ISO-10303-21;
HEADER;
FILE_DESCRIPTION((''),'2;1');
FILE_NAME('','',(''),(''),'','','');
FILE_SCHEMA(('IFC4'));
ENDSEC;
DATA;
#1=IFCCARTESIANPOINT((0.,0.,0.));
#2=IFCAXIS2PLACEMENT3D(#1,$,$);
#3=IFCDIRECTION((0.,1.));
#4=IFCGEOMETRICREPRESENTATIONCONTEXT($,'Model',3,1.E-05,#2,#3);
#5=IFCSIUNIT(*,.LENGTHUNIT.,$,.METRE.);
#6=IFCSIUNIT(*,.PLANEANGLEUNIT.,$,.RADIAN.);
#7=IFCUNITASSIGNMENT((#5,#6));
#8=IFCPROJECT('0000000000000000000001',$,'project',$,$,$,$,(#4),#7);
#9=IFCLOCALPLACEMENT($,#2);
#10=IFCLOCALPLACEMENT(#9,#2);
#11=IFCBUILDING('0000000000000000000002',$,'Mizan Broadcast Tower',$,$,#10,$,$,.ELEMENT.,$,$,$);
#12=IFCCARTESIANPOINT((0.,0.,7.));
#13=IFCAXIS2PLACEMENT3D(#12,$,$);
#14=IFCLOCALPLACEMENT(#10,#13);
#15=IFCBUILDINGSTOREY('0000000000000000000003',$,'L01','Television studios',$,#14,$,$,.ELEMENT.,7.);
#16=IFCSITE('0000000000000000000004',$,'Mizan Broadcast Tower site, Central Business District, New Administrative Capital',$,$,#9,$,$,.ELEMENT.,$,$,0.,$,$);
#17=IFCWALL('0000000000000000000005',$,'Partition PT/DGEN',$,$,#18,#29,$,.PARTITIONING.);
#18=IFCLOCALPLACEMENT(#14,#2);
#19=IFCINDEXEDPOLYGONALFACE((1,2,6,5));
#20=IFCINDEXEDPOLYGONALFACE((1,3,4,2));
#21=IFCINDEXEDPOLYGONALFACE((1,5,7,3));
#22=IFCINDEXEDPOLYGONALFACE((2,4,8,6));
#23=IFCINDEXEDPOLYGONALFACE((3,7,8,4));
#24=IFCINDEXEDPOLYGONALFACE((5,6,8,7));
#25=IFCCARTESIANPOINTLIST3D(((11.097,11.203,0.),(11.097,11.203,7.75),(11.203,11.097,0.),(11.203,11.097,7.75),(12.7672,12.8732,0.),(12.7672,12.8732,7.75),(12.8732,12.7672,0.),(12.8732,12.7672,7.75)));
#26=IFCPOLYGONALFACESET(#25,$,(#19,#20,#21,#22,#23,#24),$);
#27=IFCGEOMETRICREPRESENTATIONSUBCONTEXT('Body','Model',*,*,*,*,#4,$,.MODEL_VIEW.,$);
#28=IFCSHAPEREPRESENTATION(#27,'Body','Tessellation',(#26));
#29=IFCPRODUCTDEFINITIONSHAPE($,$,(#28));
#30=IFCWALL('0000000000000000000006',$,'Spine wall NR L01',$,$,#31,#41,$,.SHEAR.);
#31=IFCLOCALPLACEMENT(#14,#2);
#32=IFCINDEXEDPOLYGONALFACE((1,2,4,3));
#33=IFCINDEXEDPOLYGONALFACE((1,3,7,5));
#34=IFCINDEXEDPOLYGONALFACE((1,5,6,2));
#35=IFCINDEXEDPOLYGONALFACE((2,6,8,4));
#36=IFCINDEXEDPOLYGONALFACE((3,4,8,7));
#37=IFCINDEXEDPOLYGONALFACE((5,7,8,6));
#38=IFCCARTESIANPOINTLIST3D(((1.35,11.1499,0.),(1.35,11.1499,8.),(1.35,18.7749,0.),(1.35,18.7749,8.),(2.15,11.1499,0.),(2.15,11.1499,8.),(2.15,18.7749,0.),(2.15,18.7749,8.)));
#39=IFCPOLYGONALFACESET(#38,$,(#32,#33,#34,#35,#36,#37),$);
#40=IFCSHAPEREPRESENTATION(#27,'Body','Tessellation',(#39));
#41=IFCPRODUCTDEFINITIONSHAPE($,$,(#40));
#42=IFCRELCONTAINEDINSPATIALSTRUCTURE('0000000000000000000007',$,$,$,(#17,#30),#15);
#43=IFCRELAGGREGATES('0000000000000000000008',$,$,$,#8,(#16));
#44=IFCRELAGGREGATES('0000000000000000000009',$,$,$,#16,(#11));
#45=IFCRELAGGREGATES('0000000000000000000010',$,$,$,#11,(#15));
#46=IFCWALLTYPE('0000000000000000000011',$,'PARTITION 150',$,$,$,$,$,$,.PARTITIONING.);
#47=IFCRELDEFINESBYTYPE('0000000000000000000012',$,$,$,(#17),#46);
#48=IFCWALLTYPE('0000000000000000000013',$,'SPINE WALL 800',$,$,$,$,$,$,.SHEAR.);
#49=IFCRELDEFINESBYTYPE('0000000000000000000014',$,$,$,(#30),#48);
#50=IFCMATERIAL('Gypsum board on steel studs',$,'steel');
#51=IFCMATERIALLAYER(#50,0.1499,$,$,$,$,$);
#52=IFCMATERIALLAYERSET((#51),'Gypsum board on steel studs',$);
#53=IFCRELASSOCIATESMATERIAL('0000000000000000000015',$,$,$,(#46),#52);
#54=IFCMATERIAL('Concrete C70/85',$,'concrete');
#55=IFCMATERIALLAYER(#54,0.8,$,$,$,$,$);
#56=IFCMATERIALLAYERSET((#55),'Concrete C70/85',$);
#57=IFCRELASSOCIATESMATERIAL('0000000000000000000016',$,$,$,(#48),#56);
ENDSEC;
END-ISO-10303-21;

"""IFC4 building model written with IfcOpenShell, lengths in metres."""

from ifc_helpers import new_model, si_unit, direction, frame, frame_2d, origin, place, context, subcontext, project, spatial, rectangle, extrude, material, layer, layer_set, type_object, element, save


model = new_model("IFC4")

# Units and contexts
model_context = context("Model", 3, precision=1e-05, world=origin(), true_north=direction((0.0, 1.0)))
body_context = subcontext(model_context, "Body", "Model", "MODEL_VIEW")
ifc_project = project(units=[si_unit("LENGTHUNIT", "METRE"), si_unit("PLANEANGLEUNIT", "RADIAN")], contexts=[model_context])

# Site, building, storey
site_placement = place(None, origin())
site = spatial("IfcSite", under=ifc_project, at=site_placement, Name="Mizan Broadcast Tower site, Central Business District, New Administrative Capital", CompositionType="ELEMENT", RefElevation=0.0)
building_placement = place(site_placement, origin())
building = spatial("IfcBuilding", under=site, at=building_placement, Name="Mizan Broadcast Tower", CompositionType="ELEMENT")
storey_placement = place(building_placement, frame((0.0, 0.0, 7.0)))
storey = spatial("IfcBuildingStorey", under=building, at=storey_placement, Name="L01", Description="Television studios", CompositionType="ELEMENT", Elevation=7.0)

# Walls
ifc_material_1 = material(Name="Gypsum board on steel studs", Category="steel")
ifc_layer_1 = layer(ifc_material_1, 0.1499)
ifc_layer_set_1 = layer_set([ifc_layer_1], Name="Gypsum board on steel studs")
wall_type_1 = type_object("IfcWallType", Name="PARTITION 150", PredefinedType="PARTITIONING", material=ifc_layer_set_1)
wall_1_placement = place(storey_placement, frame((11.1499, 11.1499, 0.0), z_axis=(0.0, 0.0, 1.0), x_axis=(0.707107, 0.707107, 0.0)))
element("IfcWall", 1, at=wall_1_placement, inside=storey, type_object=wall_type_1, Name="Partition PT/DGEN", PredefinedType="PARTITIONING", context=body_context, shape_type="SweptSolid", body=[
    extrude(rectangle(XDim=2.3621, YDim=0.1499, at=frame_2d((1.1812, 0.0))), origin(), (0.0, 0.0, 1.0), 7.75),
])
ifc_material_2 = material(Name="Concrete C70/85", Category="concrete")
ifc_layer_2 = layer(ifc_material_2, 0.8)
ifc_layer_set_2 = layer_set([ifc_layer_2], Name="Concrete C70/85")
wall_type_2 = type_object("IfcWallType", Name="SPINE WALL 800", PredefinedType="SHEAR", material=ifc_layer_set_2)
wall_2_placement = place(storey_placement, frame((1.75, 11.1499, 0.0), z_axis=(0.0, 0.0, 1.0), x_axis=(0.0, 1.0, 0.0)))
element("IfcWall", 2, at=wall_2_placement, inside=storey, type_object=wall_type_2, Name="Spine wall NR L01", PredefinedType="SHEAR", context=body_context, shape_type="SweptSolid", body=[
    extrude(rectangle(XDim=7.625, YDim=0.8, at=frame_2d((3.8125, 0.0))), origin(), (0.0, 0.0, 1.0), 8.0),
])

save(model, "model.ifc")
